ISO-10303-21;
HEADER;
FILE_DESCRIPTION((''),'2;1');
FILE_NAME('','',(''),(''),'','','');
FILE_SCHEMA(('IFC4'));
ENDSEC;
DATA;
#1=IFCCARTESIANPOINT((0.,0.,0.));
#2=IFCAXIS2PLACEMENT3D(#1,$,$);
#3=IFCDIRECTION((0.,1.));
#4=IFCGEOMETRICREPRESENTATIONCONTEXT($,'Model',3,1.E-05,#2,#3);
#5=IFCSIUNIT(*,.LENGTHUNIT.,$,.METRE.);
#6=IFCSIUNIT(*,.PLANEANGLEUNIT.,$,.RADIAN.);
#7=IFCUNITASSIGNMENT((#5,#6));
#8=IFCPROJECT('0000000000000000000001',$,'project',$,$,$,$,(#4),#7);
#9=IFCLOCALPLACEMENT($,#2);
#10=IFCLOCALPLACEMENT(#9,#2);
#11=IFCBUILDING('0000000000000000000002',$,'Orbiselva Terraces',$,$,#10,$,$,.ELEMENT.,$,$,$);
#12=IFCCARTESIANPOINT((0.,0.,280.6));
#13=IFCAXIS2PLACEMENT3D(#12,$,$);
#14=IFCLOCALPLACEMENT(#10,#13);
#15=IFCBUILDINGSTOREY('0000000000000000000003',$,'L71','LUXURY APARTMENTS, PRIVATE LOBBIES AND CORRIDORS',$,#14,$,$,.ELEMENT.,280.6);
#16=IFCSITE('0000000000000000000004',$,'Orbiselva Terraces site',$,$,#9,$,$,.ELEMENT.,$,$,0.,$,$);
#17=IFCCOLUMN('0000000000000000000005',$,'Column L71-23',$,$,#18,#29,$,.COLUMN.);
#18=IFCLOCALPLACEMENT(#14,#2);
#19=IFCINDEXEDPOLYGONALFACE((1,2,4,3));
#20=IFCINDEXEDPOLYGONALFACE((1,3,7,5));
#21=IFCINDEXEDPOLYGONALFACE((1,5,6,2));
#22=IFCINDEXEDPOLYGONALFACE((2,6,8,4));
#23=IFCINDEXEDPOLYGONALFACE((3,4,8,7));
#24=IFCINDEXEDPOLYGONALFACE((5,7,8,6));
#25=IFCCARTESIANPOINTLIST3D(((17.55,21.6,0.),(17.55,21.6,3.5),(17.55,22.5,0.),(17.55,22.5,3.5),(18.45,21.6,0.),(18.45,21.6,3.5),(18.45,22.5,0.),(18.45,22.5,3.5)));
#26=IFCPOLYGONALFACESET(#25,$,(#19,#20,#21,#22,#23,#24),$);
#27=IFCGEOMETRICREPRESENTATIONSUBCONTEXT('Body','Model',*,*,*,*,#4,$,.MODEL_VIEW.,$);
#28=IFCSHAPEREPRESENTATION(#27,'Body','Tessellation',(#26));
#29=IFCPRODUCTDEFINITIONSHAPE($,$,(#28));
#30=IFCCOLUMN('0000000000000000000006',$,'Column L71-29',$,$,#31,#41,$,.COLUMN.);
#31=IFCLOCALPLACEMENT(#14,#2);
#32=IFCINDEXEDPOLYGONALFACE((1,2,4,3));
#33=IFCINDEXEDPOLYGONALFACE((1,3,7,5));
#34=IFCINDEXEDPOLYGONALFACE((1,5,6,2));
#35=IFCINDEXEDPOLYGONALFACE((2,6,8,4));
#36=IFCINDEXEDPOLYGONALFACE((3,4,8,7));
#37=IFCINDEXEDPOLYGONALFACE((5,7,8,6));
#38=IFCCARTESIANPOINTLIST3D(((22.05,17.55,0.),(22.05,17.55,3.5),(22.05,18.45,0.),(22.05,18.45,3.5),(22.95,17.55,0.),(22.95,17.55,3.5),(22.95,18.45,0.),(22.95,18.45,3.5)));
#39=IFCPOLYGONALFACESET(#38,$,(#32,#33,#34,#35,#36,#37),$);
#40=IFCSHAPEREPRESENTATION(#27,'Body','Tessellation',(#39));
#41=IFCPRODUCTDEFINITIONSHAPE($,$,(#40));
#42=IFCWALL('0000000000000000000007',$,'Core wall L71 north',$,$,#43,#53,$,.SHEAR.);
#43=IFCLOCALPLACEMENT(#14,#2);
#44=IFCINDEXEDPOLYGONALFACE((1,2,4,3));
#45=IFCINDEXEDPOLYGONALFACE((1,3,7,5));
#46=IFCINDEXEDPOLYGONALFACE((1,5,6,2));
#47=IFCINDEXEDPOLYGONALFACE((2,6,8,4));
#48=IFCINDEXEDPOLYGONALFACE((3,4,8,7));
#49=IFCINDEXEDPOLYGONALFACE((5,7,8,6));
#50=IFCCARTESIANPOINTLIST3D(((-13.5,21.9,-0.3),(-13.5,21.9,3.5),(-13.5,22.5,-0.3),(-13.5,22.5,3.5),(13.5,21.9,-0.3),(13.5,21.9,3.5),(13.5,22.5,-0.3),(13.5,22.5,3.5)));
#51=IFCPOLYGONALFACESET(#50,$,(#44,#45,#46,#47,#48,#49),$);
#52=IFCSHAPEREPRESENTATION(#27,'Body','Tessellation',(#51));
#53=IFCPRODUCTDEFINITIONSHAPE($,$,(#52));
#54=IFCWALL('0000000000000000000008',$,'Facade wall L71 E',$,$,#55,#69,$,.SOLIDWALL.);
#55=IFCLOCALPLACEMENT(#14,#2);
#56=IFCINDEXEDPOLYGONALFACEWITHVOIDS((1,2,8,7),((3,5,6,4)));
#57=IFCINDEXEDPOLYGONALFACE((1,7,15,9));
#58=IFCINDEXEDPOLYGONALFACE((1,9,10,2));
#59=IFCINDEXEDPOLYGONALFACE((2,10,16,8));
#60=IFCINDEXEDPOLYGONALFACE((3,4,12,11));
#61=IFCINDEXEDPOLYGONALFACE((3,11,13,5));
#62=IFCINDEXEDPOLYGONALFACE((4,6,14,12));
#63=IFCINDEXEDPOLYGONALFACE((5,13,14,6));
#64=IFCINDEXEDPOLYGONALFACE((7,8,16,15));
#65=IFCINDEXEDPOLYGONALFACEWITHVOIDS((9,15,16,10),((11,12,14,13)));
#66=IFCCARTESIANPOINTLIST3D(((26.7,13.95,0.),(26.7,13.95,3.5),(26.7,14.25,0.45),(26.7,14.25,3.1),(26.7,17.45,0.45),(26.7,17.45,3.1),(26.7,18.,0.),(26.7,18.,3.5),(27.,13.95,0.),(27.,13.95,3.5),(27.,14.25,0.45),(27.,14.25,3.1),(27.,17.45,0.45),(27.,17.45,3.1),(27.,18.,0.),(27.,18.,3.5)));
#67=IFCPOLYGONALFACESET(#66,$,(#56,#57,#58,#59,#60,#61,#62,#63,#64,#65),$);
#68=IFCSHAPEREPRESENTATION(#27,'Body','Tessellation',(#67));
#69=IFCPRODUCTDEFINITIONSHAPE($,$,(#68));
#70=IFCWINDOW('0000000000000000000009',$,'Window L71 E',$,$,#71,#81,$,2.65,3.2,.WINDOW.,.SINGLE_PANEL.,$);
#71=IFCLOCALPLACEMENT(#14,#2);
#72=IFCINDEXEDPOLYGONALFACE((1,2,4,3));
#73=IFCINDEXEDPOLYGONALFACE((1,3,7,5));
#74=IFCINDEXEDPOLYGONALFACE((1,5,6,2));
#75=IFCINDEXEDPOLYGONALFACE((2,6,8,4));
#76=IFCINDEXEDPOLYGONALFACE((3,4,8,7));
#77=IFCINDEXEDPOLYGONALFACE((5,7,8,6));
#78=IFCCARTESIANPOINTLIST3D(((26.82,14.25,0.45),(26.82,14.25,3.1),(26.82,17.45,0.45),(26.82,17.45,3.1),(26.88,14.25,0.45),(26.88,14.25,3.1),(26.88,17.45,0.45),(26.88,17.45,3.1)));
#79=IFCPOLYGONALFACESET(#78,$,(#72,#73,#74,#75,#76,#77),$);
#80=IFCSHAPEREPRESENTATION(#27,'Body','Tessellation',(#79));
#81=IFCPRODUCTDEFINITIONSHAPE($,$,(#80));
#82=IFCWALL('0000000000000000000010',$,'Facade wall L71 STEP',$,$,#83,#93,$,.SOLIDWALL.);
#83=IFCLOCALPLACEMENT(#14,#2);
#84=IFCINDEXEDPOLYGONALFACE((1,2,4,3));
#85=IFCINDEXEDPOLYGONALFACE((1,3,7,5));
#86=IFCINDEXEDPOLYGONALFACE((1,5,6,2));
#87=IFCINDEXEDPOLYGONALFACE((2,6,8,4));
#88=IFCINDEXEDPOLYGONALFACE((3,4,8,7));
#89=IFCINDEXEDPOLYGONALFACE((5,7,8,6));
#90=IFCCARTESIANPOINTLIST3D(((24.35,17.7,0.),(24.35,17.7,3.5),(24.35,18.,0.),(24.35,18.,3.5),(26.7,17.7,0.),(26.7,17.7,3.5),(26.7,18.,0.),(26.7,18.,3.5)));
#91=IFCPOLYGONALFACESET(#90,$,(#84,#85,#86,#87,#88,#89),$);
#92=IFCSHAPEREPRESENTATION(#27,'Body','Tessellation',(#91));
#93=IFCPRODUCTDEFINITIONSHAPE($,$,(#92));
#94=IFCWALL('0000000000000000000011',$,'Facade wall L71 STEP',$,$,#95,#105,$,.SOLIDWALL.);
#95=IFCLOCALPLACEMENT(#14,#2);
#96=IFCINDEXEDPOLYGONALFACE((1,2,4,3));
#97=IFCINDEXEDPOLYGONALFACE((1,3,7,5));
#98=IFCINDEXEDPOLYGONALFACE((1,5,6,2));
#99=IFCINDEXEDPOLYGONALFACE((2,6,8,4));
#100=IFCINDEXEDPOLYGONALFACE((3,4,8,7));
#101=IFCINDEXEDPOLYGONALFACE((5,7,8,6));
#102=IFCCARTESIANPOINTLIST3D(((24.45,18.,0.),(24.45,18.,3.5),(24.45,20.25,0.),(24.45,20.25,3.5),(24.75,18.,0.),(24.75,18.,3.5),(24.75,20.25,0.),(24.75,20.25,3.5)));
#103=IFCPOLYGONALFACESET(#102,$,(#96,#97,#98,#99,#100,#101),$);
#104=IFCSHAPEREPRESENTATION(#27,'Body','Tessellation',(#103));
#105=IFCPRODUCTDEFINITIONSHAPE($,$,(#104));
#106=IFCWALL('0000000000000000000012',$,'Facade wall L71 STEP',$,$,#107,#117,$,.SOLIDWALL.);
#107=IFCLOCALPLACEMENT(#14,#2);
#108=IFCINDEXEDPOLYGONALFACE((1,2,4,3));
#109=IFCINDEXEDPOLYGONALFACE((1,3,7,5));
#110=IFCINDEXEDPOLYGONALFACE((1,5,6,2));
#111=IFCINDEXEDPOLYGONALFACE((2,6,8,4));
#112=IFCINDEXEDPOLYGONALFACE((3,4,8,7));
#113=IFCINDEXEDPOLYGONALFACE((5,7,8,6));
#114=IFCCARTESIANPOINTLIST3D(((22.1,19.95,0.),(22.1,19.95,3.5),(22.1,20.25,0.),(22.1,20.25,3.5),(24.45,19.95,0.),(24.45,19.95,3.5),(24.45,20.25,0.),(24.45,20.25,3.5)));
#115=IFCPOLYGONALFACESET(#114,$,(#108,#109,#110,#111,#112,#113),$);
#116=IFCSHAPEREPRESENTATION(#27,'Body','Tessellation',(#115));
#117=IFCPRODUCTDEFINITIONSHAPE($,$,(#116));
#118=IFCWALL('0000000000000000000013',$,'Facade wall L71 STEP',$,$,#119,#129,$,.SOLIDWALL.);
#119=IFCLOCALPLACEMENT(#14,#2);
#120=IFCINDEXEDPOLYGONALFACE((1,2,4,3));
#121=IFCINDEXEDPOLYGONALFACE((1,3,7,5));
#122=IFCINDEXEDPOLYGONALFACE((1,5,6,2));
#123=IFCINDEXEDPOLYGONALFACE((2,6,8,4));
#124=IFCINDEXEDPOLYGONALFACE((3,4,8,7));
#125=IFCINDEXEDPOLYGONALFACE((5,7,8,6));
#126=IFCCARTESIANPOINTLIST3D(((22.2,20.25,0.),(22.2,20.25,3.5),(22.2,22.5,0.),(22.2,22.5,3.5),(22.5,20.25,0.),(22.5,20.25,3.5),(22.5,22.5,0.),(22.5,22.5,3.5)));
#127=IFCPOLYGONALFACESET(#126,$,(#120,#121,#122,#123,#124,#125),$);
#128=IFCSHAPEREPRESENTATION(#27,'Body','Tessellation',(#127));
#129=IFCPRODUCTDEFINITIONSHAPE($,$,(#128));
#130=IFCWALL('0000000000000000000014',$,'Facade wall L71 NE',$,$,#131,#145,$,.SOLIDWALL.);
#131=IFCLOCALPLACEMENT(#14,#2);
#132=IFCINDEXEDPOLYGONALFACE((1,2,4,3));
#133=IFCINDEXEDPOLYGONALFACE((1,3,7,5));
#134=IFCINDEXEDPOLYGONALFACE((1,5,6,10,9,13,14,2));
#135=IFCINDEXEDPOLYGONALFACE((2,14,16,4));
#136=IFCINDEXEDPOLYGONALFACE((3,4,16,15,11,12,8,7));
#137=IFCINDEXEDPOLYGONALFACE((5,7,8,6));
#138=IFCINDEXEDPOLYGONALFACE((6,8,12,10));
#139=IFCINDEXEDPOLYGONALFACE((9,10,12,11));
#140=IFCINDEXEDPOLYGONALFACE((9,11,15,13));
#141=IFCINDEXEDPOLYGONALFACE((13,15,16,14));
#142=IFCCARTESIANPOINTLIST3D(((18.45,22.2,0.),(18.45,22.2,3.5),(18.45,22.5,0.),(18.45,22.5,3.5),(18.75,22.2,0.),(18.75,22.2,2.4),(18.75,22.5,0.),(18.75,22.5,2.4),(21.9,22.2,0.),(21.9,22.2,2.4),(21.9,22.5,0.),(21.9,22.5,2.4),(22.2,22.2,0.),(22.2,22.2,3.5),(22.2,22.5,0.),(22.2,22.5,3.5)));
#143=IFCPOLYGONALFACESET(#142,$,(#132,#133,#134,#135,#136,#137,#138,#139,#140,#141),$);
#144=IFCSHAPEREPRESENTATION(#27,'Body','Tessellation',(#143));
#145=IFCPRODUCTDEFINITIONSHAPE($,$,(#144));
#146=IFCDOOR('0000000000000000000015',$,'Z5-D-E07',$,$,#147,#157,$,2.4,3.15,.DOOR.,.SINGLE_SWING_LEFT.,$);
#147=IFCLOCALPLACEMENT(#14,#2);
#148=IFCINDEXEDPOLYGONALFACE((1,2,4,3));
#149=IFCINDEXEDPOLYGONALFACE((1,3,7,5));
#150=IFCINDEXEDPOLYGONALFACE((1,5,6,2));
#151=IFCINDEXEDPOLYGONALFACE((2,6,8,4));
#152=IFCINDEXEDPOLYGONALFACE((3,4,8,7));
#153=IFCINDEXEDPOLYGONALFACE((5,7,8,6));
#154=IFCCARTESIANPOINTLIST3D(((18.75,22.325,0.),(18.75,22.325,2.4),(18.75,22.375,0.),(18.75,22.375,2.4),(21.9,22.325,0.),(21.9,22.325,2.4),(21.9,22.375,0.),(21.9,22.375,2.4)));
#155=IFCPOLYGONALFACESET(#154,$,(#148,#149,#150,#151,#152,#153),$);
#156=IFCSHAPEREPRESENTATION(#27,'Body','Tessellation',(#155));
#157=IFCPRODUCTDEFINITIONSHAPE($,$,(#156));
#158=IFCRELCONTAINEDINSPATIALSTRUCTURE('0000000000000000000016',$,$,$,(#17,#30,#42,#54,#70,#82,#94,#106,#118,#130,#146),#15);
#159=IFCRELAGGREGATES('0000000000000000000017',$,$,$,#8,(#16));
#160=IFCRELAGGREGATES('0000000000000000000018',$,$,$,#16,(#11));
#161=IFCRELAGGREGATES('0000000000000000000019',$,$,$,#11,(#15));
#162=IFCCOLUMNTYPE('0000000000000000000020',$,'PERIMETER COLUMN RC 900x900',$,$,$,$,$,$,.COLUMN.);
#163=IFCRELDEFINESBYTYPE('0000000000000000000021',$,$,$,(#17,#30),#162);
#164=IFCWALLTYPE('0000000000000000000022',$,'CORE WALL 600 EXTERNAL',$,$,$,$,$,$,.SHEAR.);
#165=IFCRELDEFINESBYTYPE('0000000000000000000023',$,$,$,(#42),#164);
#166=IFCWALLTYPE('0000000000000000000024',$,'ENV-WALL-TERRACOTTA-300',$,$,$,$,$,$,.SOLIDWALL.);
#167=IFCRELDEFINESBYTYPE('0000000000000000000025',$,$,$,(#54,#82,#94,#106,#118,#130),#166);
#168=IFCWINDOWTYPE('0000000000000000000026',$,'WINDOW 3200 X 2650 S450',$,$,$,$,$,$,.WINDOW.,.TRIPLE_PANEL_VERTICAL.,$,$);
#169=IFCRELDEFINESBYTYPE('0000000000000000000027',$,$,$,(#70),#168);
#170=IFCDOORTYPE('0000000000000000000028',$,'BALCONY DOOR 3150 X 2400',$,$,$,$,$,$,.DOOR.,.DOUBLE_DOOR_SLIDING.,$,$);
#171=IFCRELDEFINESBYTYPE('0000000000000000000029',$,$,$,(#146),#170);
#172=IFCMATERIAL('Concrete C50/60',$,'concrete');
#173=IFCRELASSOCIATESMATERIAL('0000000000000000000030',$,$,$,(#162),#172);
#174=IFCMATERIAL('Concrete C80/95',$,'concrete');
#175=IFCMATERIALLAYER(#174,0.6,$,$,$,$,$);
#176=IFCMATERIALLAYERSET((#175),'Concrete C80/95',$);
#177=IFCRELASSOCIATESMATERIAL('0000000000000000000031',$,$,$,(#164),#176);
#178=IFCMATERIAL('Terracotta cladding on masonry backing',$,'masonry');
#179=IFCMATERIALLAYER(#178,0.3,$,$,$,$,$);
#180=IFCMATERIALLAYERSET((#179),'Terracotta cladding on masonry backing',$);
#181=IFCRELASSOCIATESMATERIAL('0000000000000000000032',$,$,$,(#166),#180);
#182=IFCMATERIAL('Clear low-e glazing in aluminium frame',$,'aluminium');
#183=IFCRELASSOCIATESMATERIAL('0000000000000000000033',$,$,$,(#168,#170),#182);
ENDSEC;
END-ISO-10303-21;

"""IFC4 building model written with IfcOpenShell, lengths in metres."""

from ifc_helpers import new_model, si_unit, direction, frame, frame_2d, origin, origin_2d, place, context, subcontext, project, spatial, rectangle, extrude, material, layer, layer_set, material_profile, profile_set, type_object, element, fill, save


model = new_model("IFC4")

# Units and contexts
model_context = context("Model", 3, precision=1e-05, world=origin(), true_north=direction((0.0, 1.0)))
body_context = subcontext(model_context, "Body", "Model", "MODEL_VIEW")
ifc_project = project(units=[si_unit("LENGTHUNIT", "METRE"), si_unit("PLANEANGLEUNIT", "RADIAN")], contexts=[model_context])

# Site, building, storey
site_placement = place(None, origin())
site = spatial("IfcSite", under=ifc_project, at=site_placement, Name="Orbiselva Terraces site", CompositionType="ELEMENT", RefElevation=0.0)
building_placement = place(site_placement, origin())
building = spatial("IfcBuilding", under=site, at=building_placement, Name="Orbiselva Terraces", CompositionType="ELEMENT")
storey_placement = place(building_placement, frame((0.0, 0.0, 280.6)))
storey = spatial("IfcBuildingStorey", under=building, at=storey_placement, Name="L71", Description="LUXURY APARTMENTS, PRIVATE LOBBIES AND CORRIDORS", CompositionType="ELEMENT", Elevation=280.6)

# Columns
ifc_material_1 = material(Name="Concrete C50/60", Category="concrete")
ifc_material_profile = material_profile(ifc_material_1, rectangle(XDim=0.9, YDim=0.9, at=origin_2d()), Name="RC 900x900")
ifc_profile_set = profile_set([ifc_material_profile], Name="Concrete C50/60")
column_type = type_object("IfcColumnType", Name="PERIMETER COLUMN RC 900x900", PredefinedType="COLUMN", material=ifc_profile_set)
for number, where, z_axis, x_axis, name in (
    (1, (18.0, 22.05, 0.0), (0.0, 0.0, 1.0), (1.0, 0.0, 0.0), "Column L71-23"),
    (2, (22.5, 18.0, 0.0), (0.0, 0.0, 1.0), (1.0, 0.0, 0.0), "Column L71-29"),
):
    element("IfcColumn", number, at=place(storey_placement, frame(where, z_axis=z_axis, x_axis=x_axis)), inside=storey, type_object=column_type, Name=name, PredefinedType="COLUMN", context=body_context, shape_type="SweptSolid", body=[
        extrude(rectangle(XDim=0.9, YDim=0.9, at=origin_2d()), origin(), (0.0, 0.0, 1.0), 3.5),
    ])

# Wall
ifc_material_2 = material(Name="Concrete C80/95", Category="concrete")
ifc_layer_1 = layer(ifc_material_2, 0.6)
ifc_layer_set_1 = layer_set([ifc_layer_1], Name="Concrete C80/95")
wall_type_1 = type_object("IfcWallType", Name="CORE WALL 600 EXTERNAL", PredefinedType="SHEAR", material=ifc_layer_set_1)
wall_1_placement = place(storey_placement, frame((13.5, 22.2, -0.3), z_axis=(0.0, 0.0, 1.0), x_axis=(-1.0, 0.0, 0.0)))
element("IfcWall", 3, at=wall_1_placement, inside=storey, type_object=wall_type_1, Name="Core wall L71 north", PredefinedType="SHEAR", context=body_context, shape_type="SweptSolid", body=[
    extrude(rectangle(XDim=27.0, YDim=0.6, at=frame_2d((13.5, 0.0))), origin(), (0.0, 0.0, 1.0), 3.8),
])

# Wall, opening, window
ifc_material_3 = material(Name="Terracotta cladding on masonry backing", Category="masonry")
ifc_layer_2 = layer(ifc_material_3, 0.3)
ifc_layer_set_2 = layer_set([ifc_layer_2], Name="Terracotta cladding on masonry backing")
wall_type_2 = type_object("IfcWallType", Name="ENV-WALL-TERRACOTTA-300", PredefinedType="SOLIDWALL", material=ifc_layer_set_2)
wall_2_placement = place(storey_placement, frame((26.85, 18.0, 0.0), z_axis=(0.0, 0.0, 1.0), x_axis=(0.0, -1.0, 0.0)))
wall_2 = element("IfcWall", 4, at=wall_2_placement, inside=storey, type_object=wall_type_2, Name="Facade wall L71 E", PredefinedType="SOLIDWALL", context=body_context, shape_type="SweptSolid", body=[
    extrude(rectangle(XDim=4.05, YDim=0.3, at=frame_2d((2.025, 0.0))), origin(), (0.0, 0.0, 1.0), 3.5),
])
opening_1_placement = place(wall_2_placement, frame((0.55, 0.0, 0.45)))
opening_1 = element("IfcOpeningElement", 5, at=opening_1_placement, cuts=wall_2, PredefinedType="OPENING", context=body_context, shape_type="SweptSolid", body=[
    extrude(rectangle(XDim=3.2, YDim=2.65, at=frame_2d((1.6, 1.325))), frame((0.0, 0.16, 0.0), z_axis=(0.0, -1.0, 0.0), x_axis=(1.0, 0.0, 0.0)), (0.0, 0.0, 1.0), 0.32),
])
ifc_material_4 = material(Name="Clear low-e glazing in aluminium frame", Category="aluminium")
window_type = type_object("IfcWindowType", Name="WINDOW 3200 X 2650 S450", PartitioningType="TRIPLE_PANEL_VERTICAL", PredefinedType="WINDOW", material=ifc_material_4)
window_1_placement = place(opening_1_placement, origin())
window_1 = element("IfcWindow", 6, at=window_1_placement, inside=storey, type_object=window_type, Name="Window L71 E", OverallHeight=2.65, OverallWidth=3.2, PartitioningType="SINGLE_PANEL", PredefinedType="WINDOW", context=body_context, shape_type="SweptSolid", body=[
    extrude(rectangle(XDim=3.2, YDim=2.65, at=frame_2d((1.6, 1.325))), frame((0.0, 0.03, 0.0), z_axis=(0.0, -1.0, 0.0), x_axis=(1.0, 0.0, 0.0)), (0.0, 0.0, 1.0), 0.06),
])
fill(opening_1, window_1)

# Walls
wall_3_placement = place(storey_placement, frame((24.35, 17.85, 0.0), z_axis=(0.0, 0.0, 1.0), x_axis=(1.0, 0.0, 0.0)))
element("IfcWall", 7, at=wall_3_placement, inside=storey, type_object=wall_type_2, Name="Facade wall L71 STEP", PredefinedType="SOLIDWALL", context=body_context, shape_type="SweptSolid", body=[
    extrude(rectangle(XDim=2.35, YDim=0.3, at=frame_2d((1.175, 0.0))), origin(), (0.0, 0.0, 1.0), 3.5),
])
wall_4_placement = place(storey_placement, frame((24.6, 20.25, 0.0), z_axis=(0.0, 0.0, 1.0), x_axis=(0.0, -1.0, 0.0)))
element("IfcWall", 8, at=wall_4_placement, inside=storey, type_object=wall_type_2, Name="Facade wall L71 STEP", PredefinedType="SOLIDWALL", context=body_context, shape_type="SweptSolid", body=[
    extrude(rectangle(XDim=2.25, YDim=0.3, at=frame_2d((1.125, 0.0))), origin(), (0.0, 0.0, 1.0), 3.5),
])
wall_5_placement = place(storey_placement, frame((22.1, 20.1, 0.0), z_axis=(0.0, 0.0, 1.0), x_axis=(1.0, 0.0, 0.0)))
element("IfcWall", 9, at=wall_5_placement, inside=storey, type_object=wall_type_2, Name="Facade wall L71 STEP", PredefinedType="SOLIDWALL", context=body_context, shape_type="SweptSolid", body=[
    extrude(rectangle(XDim=2.35, YDim=0.3, at=frame_2d((1.175, 0.0))), origin(), (0.0, 0.0, 1.0), 3.5),
])
wall_6_placement = place(storey_placement, frame((22.35, 22.5, 0.0), z_axis=(0.0, 0.0, 1.0), x_axis=(0.0, -1.0, 0.0)))
element("IfcWall", 10, at=wall_6_placement, inside=storey, type_object=wall_type_2, Name="Facade wall L71 STEP", PredefinedType="SOLIDWALL", context=body_context, shape_type="SweptSolid", body=[
    extrude(rectangle(XDim=2.25, YDim=0.3, at=frame_2d((1.125, 0.0))), origin(), (0.0, 0.0, 1.0), 3.5),
])

# Wall, opening, door
wall_7_placement = place(storey_placement, frame((18.45, 22.35, 0.0), z_axis=(0.0, 0.0, 1.0), x_axis=(1.0, 0.0, 0.0)))
wall_7 = element("IfcWall", 11, at=wall_7_placement, inside=storey, type_object=wall_type_2, Name="Facade wall L71 NE", PredefinedType="SOLIDWALL", context=body_context, shape_type="SweptSolid", body=[
    extrude(rectangle(XDim=3.75, YDim=0.3, at=frame_2d((1.875, 0.0))), origin(), (0.0, 0.0, 1.0), 3.5),
])
opening_2_placement = place(wall_7_placement, frame((0.3, 0.0, 0.0)))
opening_2 = element("IfcOpeningElement", 12, at=opening_2_placement, cuts=wall_7, PredefinedType="OPENING", context=body_context, shape_type="SweptSolid", body=[
    extrude(rectangle(XDim=3.15, YDim=2.4, at=frame_2d((1.575, 1.2))), frame((0.0, 0.16, 0.0), z_axis=(0.0, -1.0, 0.0), x_axis=(1.0, 0.0, 0.0)), (0.0, 0.0, 1.0), 0.32),
])
door_type_1 = type_object("IfcDoorType", Name="BALCONY DOOR 3150 X 2400", OperationType="DOUBLE_DOOR_SLIDING", PredefinedType="DOOR", material=ifc_material_4)
door_1_placement = place(opening_2_placement, origin())
door_1 = element("IfcDoor", 13, at=door_1_placement, inside=storey, type_object=door_type_1, Name="Z5-D-E07", OperationType="SINGLE_SWING_LEFT", OverallHeight=2.4, OverallWidth=3.15, PredefinedType="DOOR", context=body_context, shape_type="SweptSolid", body=[
    extrude(rectangle(XDim=3.15, YDim=2.4, at=frame_2d((1.575, 1.2))), frame((0.0, 0.025, 0.0), z_axis=(0.0, -1.0, 0.0), x_axis=(1.0, 0.0, 0.0)), (0.0, 0.0, 1.0), 0.05),
])
fill(opening_2, door_1)

save(model, "model.ifc")
